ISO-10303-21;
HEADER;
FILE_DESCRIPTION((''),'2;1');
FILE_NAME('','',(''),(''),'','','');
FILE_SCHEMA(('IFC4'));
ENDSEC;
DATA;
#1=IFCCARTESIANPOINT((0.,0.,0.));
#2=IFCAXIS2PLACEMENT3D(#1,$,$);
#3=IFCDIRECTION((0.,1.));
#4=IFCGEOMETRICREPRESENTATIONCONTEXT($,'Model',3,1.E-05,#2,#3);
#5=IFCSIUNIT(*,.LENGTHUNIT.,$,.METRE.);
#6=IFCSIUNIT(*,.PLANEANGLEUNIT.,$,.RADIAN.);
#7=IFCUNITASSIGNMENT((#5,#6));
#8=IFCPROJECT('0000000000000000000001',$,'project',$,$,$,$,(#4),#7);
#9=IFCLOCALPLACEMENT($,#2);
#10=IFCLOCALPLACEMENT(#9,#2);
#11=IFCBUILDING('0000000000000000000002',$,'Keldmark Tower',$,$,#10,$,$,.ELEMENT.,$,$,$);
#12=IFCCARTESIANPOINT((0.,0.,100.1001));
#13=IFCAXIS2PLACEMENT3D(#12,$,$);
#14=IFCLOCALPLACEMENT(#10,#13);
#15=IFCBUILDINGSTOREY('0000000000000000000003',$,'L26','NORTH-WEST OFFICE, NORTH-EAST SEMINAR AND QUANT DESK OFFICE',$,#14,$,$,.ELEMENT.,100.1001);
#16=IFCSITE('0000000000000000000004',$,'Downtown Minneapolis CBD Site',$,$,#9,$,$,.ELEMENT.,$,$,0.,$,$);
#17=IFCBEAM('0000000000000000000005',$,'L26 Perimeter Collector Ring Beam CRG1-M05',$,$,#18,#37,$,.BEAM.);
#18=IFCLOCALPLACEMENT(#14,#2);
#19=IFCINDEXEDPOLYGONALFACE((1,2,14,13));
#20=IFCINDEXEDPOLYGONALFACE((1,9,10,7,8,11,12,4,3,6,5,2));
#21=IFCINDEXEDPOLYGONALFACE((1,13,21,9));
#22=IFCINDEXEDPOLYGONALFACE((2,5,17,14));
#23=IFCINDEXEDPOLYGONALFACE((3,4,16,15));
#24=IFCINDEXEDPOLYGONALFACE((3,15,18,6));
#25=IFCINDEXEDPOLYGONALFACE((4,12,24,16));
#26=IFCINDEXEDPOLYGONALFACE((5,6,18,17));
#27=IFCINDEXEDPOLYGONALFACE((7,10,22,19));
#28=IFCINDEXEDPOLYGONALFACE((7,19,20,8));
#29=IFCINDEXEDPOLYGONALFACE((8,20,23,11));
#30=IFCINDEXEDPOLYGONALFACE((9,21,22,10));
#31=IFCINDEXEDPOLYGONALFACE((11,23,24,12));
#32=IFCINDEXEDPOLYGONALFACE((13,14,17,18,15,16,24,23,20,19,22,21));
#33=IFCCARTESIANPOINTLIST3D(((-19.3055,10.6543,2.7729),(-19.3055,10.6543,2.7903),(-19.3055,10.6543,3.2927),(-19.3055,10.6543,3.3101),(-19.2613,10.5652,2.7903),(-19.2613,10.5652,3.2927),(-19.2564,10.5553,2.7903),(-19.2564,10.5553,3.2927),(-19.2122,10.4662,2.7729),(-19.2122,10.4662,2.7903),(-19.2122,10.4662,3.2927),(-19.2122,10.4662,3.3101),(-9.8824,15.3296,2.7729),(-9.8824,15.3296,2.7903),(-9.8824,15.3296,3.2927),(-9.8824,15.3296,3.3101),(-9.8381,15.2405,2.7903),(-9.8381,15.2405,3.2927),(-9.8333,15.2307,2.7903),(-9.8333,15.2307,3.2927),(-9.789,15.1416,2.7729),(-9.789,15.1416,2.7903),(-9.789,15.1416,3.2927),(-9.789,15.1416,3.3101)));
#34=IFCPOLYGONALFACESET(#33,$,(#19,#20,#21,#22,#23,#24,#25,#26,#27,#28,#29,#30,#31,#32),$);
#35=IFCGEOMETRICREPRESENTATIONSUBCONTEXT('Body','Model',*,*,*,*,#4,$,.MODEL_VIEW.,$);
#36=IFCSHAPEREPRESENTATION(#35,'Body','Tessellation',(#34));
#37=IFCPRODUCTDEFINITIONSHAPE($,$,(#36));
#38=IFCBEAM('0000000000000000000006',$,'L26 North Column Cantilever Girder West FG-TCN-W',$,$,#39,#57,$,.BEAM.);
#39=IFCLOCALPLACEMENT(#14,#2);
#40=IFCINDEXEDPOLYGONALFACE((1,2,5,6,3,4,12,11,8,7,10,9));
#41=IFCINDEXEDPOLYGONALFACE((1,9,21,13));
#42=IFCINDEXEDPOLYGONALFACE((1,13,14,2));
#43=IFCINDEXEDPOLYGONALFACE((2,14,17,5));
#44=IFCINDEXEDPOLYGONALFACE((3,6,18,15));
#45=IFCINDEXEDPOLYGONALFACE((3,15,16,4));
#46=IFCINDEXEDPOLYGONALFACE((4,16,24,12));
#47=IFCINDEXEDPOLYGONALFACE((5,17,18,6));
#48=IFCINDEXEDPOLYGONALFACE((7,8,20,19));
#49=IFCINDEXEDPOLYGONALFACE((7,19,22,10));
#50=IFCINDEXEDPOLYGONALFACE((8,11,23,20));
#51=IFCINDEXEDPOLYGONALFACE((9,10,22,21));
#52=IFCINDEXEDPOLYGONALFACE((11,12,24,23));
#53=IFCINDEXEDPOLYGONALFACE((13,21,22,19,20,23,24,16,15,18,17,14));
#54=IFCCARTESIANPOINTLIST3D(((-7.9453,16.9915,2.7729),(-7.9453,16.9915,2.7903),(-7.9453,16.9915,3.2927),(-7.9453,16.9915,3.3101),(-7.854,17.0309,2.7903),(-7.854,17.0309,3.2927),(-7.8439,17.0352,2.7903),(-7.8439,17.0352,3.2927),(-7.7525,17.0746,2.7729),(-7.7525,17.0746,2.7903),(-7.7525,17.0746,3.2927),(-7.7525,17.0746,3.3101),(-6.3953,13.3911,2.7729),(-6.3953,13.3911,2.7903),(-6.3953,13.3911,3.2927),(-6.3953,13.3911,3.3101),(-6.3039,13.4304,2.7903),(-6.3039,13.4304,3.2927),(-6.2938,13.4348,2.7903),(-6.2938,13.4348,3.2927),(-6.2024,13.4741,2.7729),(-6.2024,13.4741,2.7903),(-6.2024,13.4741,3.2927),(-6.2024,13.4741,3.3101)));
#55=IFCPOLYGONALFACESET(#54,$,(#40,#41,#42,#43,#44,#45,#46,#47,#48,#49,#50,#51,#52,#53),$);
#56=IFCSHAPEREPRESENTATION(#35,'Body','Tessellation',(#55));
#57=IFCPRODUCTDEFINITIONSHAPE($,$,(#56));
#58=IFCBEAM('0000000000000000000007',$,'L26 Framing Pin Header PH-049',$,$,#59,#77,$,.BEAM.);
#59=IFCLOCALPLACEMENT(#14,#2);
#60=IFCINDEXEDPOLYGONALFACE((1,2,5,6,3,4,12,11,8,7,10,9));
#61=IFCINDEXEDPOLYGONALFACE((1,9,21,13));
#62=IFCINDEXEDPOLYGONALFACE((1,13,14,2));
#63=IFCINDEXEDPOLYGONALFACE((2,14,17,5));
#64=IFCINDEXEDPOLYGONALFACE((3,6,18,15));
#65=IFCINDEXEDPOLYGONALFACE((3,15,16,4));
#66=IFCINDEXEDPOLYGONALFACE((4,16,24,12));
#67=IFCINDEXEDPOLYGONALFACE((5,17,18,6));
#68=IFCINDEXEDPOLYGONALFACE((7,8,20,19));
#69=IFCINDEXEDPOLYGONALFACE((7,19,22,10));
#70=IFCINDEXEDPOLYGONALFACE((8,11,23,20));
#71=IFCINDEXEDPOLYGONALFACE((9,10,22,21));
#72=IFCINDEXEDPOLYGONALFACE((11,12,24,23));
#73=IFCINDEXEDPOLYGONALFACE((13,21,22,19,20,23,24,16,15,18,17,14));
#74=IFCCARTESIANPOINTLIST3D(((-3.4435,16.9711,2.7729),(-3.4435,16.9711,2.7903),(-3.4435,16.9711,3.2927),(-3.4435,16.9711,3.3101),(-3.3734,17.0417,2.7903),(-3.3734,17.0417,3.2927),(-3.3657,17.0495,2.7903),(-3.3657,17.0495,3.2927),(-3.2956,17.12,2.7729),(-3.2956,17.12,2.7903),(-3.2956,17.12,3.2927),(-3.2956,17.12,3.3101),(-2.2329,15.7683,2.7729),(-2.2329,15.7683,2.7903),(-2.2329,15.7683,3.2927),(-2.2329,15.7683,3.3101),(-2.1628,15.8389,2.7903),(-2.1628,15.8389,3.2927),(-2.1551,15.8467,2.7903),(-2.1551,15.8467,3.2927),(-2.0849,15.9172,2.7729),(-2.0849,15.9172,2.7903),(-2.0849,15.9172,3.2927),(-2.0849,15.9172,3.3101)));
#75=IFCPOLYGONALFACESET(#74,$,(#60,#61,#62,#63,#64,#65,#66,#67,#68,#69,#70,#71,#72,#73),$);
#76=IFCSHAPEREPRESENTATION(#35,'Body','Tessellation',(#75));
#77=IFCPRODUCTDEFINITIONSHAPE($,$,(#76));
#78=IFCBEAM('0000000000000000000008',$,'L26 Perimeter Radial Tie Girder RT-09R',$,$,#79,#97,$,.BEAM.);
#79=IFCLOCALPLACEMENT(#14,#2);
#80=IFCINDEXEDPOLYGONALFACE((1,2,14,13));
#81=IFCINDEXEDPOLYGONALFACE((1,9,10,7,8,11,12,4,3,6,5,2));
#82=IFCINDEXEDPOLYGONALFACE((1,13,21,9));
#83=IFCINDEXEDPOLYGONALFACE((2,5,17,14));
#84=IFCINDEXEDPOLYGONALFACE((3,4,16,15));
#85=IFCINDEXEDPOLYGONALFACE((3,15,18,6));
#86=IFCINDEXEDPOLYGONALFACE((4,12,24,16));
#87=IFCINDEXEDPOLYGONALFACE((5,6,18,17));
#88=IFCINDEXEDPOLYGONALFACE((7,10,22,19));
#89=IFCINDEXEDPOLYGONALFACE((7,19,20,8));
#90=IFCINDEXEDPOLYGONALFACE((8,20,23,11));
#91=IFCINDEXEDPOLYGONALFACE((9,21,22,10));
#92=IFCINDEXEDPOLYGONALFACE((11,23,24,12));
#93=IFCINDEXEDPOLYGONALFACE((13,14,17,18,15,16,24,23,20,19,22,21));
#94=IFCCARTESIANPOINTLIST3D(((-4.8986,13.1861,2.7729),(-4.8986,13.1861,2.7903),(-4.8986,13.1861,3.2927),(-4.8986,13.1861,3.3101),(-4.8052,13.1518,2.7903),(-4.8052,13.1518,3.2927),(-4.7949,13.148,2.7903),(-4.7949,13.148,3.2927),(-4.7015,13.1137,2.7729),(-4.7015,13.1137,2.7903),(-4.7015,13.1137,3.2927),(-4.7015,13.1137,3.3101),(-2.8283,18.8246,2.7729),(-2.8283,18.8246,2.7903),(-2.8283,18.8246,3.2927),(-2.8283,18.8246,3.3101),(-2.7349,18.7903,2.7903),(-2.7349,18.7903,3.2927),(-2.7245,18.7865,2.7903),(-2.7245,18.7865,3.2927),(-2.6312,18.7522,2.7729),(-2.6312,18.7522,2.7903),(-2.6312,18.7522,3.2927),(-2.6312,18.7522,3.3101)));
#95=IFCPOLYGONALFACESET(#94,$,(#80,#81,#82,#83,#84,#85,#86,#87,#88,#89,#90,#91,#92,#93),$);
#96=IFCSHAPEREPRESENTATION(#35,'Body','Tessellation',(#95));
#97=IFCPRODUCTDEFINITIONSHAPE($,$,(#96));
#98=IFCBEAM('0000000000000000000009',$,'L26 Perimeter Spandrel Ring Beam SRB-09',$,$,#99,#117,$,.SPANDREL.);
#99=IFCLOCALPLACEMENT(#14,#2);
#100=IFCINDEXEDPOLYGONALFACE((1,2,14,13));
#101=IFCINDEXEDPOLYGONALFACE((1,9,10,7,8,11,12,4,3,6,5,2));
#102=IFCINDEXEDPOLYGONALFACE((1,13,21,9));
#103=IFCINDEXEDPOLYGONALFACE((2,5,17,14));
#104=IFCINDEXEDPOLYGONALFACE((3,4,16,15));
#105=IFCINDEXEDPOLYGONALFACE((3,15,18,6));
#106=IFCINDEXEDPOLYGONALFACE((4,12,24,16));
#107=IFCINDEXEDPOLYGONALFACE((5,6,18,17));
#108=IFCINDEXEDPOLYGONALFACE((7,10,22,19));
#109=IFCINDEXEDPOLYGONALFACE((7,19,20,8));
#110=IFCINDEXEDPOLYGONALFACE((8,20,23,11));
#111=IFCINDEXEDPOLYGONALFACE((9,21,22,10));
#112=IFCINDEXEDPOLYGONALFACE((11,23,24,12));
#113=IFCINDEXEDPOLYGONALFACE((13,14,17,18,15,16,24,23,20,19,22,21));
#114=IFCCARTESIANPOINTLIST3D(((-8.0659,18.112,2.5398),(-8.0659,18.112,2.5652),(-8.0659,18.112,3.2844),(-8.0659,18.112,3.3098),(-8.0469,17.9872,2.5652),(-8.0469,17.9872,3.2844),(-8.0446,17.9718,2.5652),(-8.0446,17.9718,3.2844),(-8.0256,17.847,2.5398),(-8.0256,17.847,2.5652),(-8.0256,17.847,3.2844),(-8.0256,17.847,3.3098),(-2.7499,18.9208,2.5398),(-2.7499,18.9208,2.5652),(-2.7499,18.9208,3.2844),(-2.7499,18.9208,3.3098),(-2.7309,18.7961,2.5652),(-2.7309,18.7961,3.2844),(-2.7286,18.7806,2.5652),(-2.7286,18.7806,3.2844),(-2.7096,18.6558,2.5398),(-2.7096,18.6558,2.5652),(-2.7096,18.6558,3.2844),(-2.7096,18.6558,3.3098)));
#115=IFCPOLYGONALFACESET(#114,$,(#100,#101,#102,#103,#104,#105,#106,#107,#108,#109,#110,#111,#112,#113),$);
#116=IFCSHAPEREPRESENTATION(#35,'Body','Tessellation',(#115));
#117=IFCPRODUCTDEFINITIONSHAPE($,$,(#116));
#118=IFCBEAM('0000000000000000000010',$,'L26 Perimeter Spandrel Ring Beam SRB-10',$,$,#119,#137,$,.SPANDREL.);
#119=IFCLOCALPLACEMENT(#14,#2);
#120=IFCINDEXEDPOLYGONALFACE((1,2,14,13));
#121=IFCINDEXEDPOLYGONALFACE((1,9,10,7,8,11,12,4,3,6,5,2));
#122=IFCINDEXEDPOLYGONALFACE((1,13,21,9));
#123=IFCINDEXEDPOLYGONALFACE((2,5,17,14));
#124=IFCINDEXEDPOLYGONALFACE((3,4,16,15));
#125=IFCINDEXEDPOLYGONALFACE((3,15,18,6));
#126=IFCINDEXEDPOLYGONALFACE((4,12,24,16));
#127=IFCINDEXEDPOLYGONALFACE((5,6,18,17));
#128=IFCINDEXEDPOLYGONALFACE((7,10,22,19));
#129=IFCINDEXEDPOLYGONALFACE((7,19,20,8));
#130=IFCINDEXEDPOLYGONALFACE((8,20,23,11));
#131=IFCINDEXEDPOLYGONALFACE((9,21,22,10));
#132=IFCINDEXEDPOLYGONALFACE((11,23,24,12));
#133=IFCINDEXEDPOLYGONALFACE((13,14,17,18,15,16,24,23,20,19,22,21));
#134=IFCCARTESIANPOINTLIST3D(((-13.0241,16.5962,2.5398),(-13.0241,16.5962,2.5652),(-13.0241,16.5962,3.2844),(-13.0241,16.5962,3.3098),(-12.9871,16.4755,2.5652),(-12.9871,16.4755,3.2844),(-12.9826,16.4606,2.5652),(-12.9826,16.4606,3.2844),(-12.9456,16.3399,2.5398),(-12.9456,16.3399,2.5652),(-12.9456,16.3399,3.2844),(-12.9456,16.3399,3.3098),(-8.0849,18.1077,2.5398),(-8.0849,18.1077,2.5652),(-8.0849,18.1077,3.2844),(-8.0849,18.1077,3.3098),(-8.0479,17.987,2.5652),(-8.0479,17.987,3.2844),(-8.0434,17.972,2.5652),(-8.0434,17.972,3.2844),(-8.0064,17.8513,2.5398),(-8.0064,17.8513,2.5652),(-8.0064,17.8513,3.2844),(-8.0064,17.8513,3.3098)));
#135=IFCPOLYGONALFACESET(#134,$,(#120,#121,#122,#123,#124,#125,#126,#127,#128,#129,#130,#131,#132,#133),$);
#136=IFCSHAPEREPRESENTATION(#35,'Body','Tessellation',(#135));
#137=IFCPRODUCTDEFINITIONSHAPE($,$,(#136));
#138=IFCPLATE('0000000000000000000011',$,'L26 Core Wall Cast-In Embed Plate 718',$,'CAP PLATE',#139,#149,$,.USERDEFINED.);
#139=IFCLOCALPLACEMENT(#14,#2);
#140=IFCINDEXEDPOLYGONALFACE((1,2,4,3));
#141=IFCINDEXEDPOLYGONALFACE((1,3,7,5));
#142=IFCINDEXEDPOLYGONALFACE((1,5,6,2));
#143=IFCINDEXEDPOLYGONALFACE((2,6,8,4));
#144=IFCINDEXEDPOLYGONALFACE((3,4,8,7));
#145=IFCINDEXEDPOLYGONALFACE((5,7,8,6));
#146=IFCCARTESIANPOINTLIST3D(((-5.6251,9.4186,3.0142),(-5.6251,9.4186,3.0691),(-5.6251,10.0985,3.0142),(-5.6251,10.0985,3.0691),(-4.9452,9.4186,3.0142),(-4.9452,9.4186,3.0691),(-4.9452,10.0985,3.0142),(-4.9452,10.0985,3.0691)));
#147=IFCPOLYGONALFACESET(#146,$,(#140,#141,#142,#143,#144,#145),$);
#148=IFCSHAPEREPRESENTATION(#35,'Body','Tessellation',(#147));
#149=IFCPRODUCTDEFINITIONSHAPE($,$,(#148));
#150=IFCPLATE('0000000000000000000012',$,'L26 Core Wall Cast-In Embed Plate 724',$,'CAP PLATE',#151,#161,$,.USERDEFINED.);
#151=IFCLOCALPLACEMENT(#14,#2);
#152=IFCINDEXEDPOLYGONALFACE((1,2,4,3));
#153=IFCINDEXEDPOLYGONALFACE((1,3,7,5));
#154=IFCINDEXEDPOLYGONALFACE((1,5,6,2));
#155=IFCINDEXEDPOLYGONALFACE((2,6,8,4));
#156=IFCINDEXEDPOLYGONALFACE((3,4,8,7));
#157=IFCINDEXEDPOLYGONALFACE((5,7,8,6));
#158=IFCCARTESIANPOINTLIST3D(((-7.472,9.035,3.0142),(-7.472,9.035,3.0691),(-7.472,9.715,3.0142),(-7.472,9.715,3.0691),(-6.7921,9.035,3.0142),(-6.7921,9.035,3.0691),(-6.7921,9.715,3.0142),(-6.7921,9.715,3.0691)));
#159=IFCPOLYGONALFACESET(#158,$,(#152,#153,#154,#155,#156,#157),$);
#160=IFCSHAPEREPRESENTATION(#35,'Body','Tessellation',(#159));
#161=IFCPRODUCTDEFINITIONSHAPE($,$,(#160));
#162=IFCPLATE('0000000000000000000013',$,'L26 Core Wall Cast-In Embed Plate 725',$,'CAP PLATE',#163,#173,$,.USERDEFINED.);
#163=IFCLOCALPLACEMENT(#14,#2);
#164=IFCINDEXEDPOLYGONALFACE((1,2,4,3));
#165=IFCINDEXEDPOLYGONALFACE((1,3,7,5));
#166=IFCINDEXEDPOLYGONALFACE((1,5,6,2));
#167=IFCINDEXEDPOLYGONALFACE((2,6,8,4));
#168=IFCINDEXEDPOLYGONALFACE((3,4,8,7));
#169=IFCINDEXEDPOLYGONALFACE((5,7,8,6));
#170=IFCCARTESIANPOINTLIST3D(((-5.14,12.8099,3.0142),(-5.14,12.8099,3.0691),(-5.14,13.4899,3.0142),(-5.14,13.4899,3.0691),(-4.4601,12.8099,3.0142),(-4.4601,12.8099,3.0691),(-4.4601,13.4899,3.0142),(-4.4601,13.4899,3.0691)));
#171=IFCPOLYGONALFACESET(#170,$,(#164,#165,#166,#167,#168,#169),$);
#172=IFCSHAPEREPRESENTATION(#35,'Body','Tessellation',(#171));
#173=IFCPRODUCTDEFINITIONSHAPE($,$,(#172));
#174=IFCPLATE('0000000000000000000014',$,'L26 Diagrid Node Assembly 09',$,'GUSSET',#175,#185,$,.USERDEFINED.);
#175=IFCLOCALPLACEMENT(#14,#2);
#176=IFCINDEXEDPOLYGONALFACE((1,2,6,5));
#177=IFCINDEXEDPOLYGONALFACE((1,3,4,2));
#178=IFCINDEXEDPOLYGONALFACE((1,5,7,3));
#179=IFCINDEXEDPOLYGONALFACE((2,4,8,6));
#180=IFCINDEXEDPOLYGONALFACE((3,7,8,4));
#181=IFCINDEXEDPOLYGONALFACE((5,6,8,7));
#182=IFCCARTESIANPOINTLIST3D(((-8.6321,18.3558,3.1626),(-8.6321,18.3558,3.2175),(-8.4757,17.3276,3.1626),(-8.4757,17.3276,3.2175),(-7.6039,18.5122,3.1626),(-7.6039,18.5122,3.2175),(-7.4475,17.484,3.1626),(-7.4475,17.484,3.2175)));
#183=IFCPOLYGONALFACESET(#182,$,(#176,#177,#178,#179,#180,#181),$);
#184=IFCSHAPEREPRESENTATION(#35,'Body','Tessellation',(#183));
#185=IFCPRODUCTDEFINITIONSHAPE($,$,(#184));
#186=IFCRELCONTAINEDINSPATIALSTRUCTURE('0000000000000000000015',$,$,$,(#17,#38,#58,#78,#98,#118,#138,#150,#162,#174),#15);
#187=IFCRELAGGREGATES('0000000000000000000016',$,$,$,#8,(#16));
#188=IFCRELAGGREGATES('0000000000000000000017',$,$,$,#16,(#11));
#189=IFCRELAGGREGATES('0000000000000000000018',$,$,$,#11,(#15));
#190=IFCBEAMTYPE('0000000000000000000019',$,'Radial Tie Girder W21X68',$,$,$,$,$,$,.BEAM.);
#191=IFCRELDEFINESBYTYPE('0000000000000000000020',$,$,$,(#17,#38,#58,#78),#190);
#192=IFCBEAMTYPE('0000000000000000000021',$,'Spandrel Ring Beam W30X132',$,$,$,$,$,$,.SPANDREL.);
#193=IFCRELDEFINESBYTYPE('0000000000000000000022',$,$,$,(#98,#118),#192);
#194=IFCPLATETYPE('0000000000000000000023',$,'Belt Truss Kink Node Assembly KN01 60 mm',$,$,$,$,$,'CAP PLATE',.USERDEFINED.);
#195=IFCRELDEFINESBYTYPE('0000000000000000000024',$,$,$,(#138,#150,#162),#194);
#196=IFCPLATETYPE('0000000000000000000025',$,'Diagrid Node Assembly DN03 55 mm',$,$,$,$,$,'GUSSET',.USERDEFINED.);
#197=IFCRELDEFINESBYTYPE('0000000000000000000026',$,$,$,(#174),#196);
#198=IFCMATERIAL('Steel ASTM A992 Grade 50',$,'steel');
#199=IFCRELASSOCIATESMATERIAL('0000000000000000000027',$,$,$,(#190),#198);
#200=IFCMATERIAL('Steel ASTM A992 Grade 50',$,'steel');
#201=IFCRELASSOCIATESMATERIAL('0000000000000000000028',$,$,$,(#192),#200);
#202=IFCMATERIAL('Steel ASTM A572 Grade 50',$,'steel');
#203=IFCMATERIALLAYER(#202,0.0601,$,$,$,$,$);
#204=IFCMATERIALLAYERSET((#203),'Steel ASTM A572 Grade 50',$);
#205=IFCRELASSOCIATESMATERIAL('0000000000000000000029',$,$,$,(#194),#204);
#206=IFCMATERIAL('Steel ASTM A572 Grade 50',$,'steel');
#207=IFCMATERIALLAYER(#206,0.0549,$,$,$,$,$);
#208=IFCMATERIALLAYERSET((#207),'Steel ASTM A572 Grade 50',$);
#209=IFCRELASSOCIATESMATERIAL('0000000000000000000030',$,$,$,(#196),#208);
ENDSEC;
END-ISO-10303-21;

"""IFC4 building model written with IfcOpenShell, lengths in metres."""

from ifc_helpers import new_model, si_unit, direction, frame, origin, origin_2d, place, context, subcontext, project, spatial, rectangle, i_section, extrude, material, layer, layer_set, material_profile, profile_set, type_object, element, save


model = new_model("IFC4")

# Units and contexts
model_context = context("Model", 3, precision=1e-05, world=origin(), true_north=direction((0.0, 1.0)))
body_context = subcontext(model_context, "Body", "Model", "MODEL_VIEW")
ifc_project = project(units=[si_unit("LENGTHUNIT", "METRE"), si_unit("PLANEANGLEUNIT", "RADIAN")], contexts=[model_context])

# Site, building, storey
site_placement = place(None, origin())
site = spatial("IfcSite", under=ifc_project, at=site_placement, Name="Downtown Minneapolis CBD Site", CompositionType="ELEMENT", RefElevation=0.0)
building_placement = place(site_placement, origin())
building = spatial("IfcBuilding", under=site, at=building_placement, Name="Keldmark Tower", CompositionType="ELEMENT")
storey_placement = place(building_placement, frame((0.0, 0.0, 100.1001)))
storey = spatial("IfcBuildingStorey", under=building, at=storey_placement, Name="L26", Description="NORTH-WEST OFFICE, NORTH-EAST SEMINAR AND QUANT DESK OFFICE", CompositionType="ELEMENT", Elevation=100.1001)

# Beams
ifc_material_1 = material(Name="Steel ASTM A992 Grade 50", Category="steel")
ifc_material_profile_1 = material_profile(ifc_material_1, i_section(OverallWidth=0.21, OverallDepth=0.5371, WebThickness=0.011, FlangeThickness=0.0173, at=origin_2d()), Name="W21X68")
ifc_profile_set_1 = profile_set([ifc_material_profile_1], Name="Steel ASTM A992 Grade 50")
beam_type_1 = type_object("IfcBeamType", Name="Radial Tie Girder W21X68", PredefinedType="BEAM", material=ifc_profile_set_1)
beam_1_placement = place(storey_placement, frame((-9.8357, 15.2356, 3.0415), z_axis=(-0.895802, -0.444454, 0.0), x_axis=(0.444454, -0.895802, 0.0)))
element("IfcBeam", 1, at=beam_1_placement, inside=storey, type_object=beam_type_1, Name="L26 Perimeter Collector Ring Beam CRG1-M05", PredefinedType="BEAM", context=body_context, shape_type="SweptSolid", body=[
    extrude(i_section(OverallWidth=0.21, OverallDepth=0.5371, WebThickness=0.011, FlangeThickness=0.0173, at=origin_2d()), origin(), (0.0, 0.0, 1.0), 10.5193),
])
beam_2_placement = place(storey_placement, frame((-6.2988, 13.4326, 3.0415), z_axis=(-0.395437, 0.918493, 0.0), x_axis=(-0.918493, -0.395437, 0.0)))
element("IfcBeam", 2, at=beam_2_placement, inside=storey, type_object=beam_type_1, Name="L26 North Column Cantilever Girder West FG-TCN-W", PredefinedType="BEAM", context=body_context, shape_type="SweptSolid", body=[
    extrude(i_section(OverallWidth=0.21, OverallDepth=0.5371, WebThickness=0.011, FlangeThickness=0.0173, at=origin_2d()), origin(), (0.0, 0.0, 1.0), 3.9199),
])
beam_3_placement = place(storey_placement, frame((-2.1589, 15.8428, 3.0415), z_axis=(-0.709392, 0.704814, 0.0), x_axis=(-0.704814, -0.709392, 0.0)))
element("IfcBeam", 3, at=beam_3_placement, inside=storey, type_object=beam_type_1, Name="L26 Framing Pin Header PH-049", PredefinedType="BEAM", context=body_context, shape_type="SweptSolid", body=[
    extrude(i_section(OverallWidth=0.21, OverallDepth=0.5371, WebThickness=0.011, FlangeThickness=0.0173, at=origin_2d()), origin(), (0.0, 0.0, 1.0), 1.7065),
])
beam_4_placement = place(storey_placement, frame((-4.8, 13.1499, 3.0415), z_axis=(0.344679, 0.938721, 0.0), x_axis=(-0.938721, 0.344679, 0.0)))
element("IfcBeam", 4, at=beam_4_placement, inside=storey, type_object=beam_type_1, Name="L26 Perimeter Radial Tie Girder RT-09R", PredefinedType="BEAM", context=body_context, shape_type="SweptSolid", body=[
    extrude(i_section(OverallWidth=0.21, OverallDepth=0.5371, WebThickness=0.011, FlangeThickness=0.0173, at=origin_2d()), origin(), (0.0, 0.0, 1.0), 6.0066),
])
ifc_material_2 = material(Name="Steel ASTM A992 Grade 50", Category="steel")
ifc_material_profile_2 = material_profile(ifc_material_2, i_section(OverallWidth=0.2681, OverallDepth=0.77, WebThickness=0.0156, FlangeThickness=0.0254, at=origin_2d()), Name="W30X132")
ifc_profile_set_2 = profile_set([ifc_material_profile_2], Name="Steel ASTM A992 Grade 50")
beam_type_2 = type_object("IfcBeamType", Name="Spandrel Ring Beam W30X132", PredefinedType="SPANDREL", material=ifc_profile_set_2)
beam_5_placement = place(storey_placement, frame((-2.7297, 18.7883, 2.9248), z_axis=(-0.988622, -0.150423, 0.0), x_axis=(0.150423, -0.988622, 0.0)))
element("IfcBeam", 5, at=beam_5_placement, inside=storey, type_object=beam_type_2, Name="L26 Perimeter Spandrel Ring Beam SRB-09", PredefinedType="SPANDREL", context=body_context, shape_type="SweptSolid", body=[
    extrude(i_section(OverallWidth=0.2681, OverallDepth=0.77, WebThickness=0.0156, FlangeThickness=0.0254, at=origin_2d()), origin(), (0.0, 0.0, 1.0), 5.3772),
])
beam_6_placement = place(storey_placement, frame((-8.0457, 17.9795, 2.9248), z_axis=(-0.956229, -0.292621, 0.0), x_axis=(0.292621, -0.956229, 0.0)))
element("IfcBeam", 6, at=beam_6_placement, inside=storey, type_object=beam_type_2, Name="L26 Perimeter Spandrel Ring Beam SRB-10", PredefinedType="SPANDREL", context=body_context, shape_type="SweptSolid", body=[
    extrude(i_section(OverallWidth=0.2681, OverallDepth=0.77, WebThickness=0.0156, FlangeThickness=0.0254, at=origin_2d()), origin(), (0.0, 0.0, 1.0), 5.1653),
])

# Plates
ifc_material_3 = material(Name="Steel ASTM A572 Grade 50", Category="steel")
ifc_layer_1 = layer(ifc_material_3, 0.0601)
ifc_layer_set_1 = layer_set([ifc_layer_1], Name="Steel ASTM A572 Grade 50")
plate_type_1 = type_object("IfcPlateType", Name="Belt Truss Kink Node Assembly KN01 60 mm", ElementType="CAP PLATE", PredefinedType="USERDEFINED", material=ifc_layer_set_1)
for number, where, z_axis, x_axis, name in (
    (7, (-5.2852, 9.7585, 3.0142), (0.0, 0.0, 1.0), (1.0, 0.0, 0.0), "L26 Core Wall Cast-In Embed Plate 718"),
    (8, (-7.1321, 9.375, 3.0142), (0.0, 0.0, 1.0), (1.0, 0.0, 0.0), "L26 Core Wall Cast-In Embed Plate 724"),
    (9, (-4.8, 13.1499, 3.0142), (0.0, 0.0, 1.0), (1.0, 0.0, 0.0), "L26 Core Wall Cast-In Embed Plate 725"),
):
    element("IfcPlate", number, at=place(storey_placement, frame(where, z_axis=z_axis, x_axis=x_axis)), inside=storey, type_object=plate_type_1, Name=name, ObjectType="CAP PLATE", PredefinedType="USERDEFINED", context=body_context, shape_type="SweptSolid", body=[
        extrude(rectangle(XDim=0.6799, YDim=0.6799, at=origin_2d()), origin(), (0.0, 0.0, 1.0), 0.0549),
    ])
ifc_material_4 = material(Name="Steel ASTM A572 Grade 50", Category="steel")
ifc_layer_2 = layer(ifc_material_4, 0.0549)
ifc_layer_set_2 = layer_set([ifc_layer_2], Name="Steel ASTM A572 Grade 50")
plate_type_2 = type_object("IfcPlateType", Name="Diagrid Node Assembly DN03 55 mm", ElementType="GUSSET", PredefinedType="USERDEFINED", material=ifc_layer_set_2)
plate_placement = place(storey_placement, frame((-8.0398, 17.9199, 3.1626), z_axis=(0.0, 0.0, 1.0), x_axis=(-0.988626, -0.150398, 0.0)))
element("IfcPlate", 10, at=plate_placement, inside=storey, type_object=plate_type_2, Name="L26 Diagrid Node Assembly 09", ObjectType="GUSSET", PredefinedType="USERDEFINED", context=body_context, shape_type="SweptSolid", body=[
    extrude(rectangle(XDim=1.04, YDim=1.04, at=origin_2d()), origin(), (0.0, 0.0, 1.0), 0.0549),
])

save(model, "model.ifc")
